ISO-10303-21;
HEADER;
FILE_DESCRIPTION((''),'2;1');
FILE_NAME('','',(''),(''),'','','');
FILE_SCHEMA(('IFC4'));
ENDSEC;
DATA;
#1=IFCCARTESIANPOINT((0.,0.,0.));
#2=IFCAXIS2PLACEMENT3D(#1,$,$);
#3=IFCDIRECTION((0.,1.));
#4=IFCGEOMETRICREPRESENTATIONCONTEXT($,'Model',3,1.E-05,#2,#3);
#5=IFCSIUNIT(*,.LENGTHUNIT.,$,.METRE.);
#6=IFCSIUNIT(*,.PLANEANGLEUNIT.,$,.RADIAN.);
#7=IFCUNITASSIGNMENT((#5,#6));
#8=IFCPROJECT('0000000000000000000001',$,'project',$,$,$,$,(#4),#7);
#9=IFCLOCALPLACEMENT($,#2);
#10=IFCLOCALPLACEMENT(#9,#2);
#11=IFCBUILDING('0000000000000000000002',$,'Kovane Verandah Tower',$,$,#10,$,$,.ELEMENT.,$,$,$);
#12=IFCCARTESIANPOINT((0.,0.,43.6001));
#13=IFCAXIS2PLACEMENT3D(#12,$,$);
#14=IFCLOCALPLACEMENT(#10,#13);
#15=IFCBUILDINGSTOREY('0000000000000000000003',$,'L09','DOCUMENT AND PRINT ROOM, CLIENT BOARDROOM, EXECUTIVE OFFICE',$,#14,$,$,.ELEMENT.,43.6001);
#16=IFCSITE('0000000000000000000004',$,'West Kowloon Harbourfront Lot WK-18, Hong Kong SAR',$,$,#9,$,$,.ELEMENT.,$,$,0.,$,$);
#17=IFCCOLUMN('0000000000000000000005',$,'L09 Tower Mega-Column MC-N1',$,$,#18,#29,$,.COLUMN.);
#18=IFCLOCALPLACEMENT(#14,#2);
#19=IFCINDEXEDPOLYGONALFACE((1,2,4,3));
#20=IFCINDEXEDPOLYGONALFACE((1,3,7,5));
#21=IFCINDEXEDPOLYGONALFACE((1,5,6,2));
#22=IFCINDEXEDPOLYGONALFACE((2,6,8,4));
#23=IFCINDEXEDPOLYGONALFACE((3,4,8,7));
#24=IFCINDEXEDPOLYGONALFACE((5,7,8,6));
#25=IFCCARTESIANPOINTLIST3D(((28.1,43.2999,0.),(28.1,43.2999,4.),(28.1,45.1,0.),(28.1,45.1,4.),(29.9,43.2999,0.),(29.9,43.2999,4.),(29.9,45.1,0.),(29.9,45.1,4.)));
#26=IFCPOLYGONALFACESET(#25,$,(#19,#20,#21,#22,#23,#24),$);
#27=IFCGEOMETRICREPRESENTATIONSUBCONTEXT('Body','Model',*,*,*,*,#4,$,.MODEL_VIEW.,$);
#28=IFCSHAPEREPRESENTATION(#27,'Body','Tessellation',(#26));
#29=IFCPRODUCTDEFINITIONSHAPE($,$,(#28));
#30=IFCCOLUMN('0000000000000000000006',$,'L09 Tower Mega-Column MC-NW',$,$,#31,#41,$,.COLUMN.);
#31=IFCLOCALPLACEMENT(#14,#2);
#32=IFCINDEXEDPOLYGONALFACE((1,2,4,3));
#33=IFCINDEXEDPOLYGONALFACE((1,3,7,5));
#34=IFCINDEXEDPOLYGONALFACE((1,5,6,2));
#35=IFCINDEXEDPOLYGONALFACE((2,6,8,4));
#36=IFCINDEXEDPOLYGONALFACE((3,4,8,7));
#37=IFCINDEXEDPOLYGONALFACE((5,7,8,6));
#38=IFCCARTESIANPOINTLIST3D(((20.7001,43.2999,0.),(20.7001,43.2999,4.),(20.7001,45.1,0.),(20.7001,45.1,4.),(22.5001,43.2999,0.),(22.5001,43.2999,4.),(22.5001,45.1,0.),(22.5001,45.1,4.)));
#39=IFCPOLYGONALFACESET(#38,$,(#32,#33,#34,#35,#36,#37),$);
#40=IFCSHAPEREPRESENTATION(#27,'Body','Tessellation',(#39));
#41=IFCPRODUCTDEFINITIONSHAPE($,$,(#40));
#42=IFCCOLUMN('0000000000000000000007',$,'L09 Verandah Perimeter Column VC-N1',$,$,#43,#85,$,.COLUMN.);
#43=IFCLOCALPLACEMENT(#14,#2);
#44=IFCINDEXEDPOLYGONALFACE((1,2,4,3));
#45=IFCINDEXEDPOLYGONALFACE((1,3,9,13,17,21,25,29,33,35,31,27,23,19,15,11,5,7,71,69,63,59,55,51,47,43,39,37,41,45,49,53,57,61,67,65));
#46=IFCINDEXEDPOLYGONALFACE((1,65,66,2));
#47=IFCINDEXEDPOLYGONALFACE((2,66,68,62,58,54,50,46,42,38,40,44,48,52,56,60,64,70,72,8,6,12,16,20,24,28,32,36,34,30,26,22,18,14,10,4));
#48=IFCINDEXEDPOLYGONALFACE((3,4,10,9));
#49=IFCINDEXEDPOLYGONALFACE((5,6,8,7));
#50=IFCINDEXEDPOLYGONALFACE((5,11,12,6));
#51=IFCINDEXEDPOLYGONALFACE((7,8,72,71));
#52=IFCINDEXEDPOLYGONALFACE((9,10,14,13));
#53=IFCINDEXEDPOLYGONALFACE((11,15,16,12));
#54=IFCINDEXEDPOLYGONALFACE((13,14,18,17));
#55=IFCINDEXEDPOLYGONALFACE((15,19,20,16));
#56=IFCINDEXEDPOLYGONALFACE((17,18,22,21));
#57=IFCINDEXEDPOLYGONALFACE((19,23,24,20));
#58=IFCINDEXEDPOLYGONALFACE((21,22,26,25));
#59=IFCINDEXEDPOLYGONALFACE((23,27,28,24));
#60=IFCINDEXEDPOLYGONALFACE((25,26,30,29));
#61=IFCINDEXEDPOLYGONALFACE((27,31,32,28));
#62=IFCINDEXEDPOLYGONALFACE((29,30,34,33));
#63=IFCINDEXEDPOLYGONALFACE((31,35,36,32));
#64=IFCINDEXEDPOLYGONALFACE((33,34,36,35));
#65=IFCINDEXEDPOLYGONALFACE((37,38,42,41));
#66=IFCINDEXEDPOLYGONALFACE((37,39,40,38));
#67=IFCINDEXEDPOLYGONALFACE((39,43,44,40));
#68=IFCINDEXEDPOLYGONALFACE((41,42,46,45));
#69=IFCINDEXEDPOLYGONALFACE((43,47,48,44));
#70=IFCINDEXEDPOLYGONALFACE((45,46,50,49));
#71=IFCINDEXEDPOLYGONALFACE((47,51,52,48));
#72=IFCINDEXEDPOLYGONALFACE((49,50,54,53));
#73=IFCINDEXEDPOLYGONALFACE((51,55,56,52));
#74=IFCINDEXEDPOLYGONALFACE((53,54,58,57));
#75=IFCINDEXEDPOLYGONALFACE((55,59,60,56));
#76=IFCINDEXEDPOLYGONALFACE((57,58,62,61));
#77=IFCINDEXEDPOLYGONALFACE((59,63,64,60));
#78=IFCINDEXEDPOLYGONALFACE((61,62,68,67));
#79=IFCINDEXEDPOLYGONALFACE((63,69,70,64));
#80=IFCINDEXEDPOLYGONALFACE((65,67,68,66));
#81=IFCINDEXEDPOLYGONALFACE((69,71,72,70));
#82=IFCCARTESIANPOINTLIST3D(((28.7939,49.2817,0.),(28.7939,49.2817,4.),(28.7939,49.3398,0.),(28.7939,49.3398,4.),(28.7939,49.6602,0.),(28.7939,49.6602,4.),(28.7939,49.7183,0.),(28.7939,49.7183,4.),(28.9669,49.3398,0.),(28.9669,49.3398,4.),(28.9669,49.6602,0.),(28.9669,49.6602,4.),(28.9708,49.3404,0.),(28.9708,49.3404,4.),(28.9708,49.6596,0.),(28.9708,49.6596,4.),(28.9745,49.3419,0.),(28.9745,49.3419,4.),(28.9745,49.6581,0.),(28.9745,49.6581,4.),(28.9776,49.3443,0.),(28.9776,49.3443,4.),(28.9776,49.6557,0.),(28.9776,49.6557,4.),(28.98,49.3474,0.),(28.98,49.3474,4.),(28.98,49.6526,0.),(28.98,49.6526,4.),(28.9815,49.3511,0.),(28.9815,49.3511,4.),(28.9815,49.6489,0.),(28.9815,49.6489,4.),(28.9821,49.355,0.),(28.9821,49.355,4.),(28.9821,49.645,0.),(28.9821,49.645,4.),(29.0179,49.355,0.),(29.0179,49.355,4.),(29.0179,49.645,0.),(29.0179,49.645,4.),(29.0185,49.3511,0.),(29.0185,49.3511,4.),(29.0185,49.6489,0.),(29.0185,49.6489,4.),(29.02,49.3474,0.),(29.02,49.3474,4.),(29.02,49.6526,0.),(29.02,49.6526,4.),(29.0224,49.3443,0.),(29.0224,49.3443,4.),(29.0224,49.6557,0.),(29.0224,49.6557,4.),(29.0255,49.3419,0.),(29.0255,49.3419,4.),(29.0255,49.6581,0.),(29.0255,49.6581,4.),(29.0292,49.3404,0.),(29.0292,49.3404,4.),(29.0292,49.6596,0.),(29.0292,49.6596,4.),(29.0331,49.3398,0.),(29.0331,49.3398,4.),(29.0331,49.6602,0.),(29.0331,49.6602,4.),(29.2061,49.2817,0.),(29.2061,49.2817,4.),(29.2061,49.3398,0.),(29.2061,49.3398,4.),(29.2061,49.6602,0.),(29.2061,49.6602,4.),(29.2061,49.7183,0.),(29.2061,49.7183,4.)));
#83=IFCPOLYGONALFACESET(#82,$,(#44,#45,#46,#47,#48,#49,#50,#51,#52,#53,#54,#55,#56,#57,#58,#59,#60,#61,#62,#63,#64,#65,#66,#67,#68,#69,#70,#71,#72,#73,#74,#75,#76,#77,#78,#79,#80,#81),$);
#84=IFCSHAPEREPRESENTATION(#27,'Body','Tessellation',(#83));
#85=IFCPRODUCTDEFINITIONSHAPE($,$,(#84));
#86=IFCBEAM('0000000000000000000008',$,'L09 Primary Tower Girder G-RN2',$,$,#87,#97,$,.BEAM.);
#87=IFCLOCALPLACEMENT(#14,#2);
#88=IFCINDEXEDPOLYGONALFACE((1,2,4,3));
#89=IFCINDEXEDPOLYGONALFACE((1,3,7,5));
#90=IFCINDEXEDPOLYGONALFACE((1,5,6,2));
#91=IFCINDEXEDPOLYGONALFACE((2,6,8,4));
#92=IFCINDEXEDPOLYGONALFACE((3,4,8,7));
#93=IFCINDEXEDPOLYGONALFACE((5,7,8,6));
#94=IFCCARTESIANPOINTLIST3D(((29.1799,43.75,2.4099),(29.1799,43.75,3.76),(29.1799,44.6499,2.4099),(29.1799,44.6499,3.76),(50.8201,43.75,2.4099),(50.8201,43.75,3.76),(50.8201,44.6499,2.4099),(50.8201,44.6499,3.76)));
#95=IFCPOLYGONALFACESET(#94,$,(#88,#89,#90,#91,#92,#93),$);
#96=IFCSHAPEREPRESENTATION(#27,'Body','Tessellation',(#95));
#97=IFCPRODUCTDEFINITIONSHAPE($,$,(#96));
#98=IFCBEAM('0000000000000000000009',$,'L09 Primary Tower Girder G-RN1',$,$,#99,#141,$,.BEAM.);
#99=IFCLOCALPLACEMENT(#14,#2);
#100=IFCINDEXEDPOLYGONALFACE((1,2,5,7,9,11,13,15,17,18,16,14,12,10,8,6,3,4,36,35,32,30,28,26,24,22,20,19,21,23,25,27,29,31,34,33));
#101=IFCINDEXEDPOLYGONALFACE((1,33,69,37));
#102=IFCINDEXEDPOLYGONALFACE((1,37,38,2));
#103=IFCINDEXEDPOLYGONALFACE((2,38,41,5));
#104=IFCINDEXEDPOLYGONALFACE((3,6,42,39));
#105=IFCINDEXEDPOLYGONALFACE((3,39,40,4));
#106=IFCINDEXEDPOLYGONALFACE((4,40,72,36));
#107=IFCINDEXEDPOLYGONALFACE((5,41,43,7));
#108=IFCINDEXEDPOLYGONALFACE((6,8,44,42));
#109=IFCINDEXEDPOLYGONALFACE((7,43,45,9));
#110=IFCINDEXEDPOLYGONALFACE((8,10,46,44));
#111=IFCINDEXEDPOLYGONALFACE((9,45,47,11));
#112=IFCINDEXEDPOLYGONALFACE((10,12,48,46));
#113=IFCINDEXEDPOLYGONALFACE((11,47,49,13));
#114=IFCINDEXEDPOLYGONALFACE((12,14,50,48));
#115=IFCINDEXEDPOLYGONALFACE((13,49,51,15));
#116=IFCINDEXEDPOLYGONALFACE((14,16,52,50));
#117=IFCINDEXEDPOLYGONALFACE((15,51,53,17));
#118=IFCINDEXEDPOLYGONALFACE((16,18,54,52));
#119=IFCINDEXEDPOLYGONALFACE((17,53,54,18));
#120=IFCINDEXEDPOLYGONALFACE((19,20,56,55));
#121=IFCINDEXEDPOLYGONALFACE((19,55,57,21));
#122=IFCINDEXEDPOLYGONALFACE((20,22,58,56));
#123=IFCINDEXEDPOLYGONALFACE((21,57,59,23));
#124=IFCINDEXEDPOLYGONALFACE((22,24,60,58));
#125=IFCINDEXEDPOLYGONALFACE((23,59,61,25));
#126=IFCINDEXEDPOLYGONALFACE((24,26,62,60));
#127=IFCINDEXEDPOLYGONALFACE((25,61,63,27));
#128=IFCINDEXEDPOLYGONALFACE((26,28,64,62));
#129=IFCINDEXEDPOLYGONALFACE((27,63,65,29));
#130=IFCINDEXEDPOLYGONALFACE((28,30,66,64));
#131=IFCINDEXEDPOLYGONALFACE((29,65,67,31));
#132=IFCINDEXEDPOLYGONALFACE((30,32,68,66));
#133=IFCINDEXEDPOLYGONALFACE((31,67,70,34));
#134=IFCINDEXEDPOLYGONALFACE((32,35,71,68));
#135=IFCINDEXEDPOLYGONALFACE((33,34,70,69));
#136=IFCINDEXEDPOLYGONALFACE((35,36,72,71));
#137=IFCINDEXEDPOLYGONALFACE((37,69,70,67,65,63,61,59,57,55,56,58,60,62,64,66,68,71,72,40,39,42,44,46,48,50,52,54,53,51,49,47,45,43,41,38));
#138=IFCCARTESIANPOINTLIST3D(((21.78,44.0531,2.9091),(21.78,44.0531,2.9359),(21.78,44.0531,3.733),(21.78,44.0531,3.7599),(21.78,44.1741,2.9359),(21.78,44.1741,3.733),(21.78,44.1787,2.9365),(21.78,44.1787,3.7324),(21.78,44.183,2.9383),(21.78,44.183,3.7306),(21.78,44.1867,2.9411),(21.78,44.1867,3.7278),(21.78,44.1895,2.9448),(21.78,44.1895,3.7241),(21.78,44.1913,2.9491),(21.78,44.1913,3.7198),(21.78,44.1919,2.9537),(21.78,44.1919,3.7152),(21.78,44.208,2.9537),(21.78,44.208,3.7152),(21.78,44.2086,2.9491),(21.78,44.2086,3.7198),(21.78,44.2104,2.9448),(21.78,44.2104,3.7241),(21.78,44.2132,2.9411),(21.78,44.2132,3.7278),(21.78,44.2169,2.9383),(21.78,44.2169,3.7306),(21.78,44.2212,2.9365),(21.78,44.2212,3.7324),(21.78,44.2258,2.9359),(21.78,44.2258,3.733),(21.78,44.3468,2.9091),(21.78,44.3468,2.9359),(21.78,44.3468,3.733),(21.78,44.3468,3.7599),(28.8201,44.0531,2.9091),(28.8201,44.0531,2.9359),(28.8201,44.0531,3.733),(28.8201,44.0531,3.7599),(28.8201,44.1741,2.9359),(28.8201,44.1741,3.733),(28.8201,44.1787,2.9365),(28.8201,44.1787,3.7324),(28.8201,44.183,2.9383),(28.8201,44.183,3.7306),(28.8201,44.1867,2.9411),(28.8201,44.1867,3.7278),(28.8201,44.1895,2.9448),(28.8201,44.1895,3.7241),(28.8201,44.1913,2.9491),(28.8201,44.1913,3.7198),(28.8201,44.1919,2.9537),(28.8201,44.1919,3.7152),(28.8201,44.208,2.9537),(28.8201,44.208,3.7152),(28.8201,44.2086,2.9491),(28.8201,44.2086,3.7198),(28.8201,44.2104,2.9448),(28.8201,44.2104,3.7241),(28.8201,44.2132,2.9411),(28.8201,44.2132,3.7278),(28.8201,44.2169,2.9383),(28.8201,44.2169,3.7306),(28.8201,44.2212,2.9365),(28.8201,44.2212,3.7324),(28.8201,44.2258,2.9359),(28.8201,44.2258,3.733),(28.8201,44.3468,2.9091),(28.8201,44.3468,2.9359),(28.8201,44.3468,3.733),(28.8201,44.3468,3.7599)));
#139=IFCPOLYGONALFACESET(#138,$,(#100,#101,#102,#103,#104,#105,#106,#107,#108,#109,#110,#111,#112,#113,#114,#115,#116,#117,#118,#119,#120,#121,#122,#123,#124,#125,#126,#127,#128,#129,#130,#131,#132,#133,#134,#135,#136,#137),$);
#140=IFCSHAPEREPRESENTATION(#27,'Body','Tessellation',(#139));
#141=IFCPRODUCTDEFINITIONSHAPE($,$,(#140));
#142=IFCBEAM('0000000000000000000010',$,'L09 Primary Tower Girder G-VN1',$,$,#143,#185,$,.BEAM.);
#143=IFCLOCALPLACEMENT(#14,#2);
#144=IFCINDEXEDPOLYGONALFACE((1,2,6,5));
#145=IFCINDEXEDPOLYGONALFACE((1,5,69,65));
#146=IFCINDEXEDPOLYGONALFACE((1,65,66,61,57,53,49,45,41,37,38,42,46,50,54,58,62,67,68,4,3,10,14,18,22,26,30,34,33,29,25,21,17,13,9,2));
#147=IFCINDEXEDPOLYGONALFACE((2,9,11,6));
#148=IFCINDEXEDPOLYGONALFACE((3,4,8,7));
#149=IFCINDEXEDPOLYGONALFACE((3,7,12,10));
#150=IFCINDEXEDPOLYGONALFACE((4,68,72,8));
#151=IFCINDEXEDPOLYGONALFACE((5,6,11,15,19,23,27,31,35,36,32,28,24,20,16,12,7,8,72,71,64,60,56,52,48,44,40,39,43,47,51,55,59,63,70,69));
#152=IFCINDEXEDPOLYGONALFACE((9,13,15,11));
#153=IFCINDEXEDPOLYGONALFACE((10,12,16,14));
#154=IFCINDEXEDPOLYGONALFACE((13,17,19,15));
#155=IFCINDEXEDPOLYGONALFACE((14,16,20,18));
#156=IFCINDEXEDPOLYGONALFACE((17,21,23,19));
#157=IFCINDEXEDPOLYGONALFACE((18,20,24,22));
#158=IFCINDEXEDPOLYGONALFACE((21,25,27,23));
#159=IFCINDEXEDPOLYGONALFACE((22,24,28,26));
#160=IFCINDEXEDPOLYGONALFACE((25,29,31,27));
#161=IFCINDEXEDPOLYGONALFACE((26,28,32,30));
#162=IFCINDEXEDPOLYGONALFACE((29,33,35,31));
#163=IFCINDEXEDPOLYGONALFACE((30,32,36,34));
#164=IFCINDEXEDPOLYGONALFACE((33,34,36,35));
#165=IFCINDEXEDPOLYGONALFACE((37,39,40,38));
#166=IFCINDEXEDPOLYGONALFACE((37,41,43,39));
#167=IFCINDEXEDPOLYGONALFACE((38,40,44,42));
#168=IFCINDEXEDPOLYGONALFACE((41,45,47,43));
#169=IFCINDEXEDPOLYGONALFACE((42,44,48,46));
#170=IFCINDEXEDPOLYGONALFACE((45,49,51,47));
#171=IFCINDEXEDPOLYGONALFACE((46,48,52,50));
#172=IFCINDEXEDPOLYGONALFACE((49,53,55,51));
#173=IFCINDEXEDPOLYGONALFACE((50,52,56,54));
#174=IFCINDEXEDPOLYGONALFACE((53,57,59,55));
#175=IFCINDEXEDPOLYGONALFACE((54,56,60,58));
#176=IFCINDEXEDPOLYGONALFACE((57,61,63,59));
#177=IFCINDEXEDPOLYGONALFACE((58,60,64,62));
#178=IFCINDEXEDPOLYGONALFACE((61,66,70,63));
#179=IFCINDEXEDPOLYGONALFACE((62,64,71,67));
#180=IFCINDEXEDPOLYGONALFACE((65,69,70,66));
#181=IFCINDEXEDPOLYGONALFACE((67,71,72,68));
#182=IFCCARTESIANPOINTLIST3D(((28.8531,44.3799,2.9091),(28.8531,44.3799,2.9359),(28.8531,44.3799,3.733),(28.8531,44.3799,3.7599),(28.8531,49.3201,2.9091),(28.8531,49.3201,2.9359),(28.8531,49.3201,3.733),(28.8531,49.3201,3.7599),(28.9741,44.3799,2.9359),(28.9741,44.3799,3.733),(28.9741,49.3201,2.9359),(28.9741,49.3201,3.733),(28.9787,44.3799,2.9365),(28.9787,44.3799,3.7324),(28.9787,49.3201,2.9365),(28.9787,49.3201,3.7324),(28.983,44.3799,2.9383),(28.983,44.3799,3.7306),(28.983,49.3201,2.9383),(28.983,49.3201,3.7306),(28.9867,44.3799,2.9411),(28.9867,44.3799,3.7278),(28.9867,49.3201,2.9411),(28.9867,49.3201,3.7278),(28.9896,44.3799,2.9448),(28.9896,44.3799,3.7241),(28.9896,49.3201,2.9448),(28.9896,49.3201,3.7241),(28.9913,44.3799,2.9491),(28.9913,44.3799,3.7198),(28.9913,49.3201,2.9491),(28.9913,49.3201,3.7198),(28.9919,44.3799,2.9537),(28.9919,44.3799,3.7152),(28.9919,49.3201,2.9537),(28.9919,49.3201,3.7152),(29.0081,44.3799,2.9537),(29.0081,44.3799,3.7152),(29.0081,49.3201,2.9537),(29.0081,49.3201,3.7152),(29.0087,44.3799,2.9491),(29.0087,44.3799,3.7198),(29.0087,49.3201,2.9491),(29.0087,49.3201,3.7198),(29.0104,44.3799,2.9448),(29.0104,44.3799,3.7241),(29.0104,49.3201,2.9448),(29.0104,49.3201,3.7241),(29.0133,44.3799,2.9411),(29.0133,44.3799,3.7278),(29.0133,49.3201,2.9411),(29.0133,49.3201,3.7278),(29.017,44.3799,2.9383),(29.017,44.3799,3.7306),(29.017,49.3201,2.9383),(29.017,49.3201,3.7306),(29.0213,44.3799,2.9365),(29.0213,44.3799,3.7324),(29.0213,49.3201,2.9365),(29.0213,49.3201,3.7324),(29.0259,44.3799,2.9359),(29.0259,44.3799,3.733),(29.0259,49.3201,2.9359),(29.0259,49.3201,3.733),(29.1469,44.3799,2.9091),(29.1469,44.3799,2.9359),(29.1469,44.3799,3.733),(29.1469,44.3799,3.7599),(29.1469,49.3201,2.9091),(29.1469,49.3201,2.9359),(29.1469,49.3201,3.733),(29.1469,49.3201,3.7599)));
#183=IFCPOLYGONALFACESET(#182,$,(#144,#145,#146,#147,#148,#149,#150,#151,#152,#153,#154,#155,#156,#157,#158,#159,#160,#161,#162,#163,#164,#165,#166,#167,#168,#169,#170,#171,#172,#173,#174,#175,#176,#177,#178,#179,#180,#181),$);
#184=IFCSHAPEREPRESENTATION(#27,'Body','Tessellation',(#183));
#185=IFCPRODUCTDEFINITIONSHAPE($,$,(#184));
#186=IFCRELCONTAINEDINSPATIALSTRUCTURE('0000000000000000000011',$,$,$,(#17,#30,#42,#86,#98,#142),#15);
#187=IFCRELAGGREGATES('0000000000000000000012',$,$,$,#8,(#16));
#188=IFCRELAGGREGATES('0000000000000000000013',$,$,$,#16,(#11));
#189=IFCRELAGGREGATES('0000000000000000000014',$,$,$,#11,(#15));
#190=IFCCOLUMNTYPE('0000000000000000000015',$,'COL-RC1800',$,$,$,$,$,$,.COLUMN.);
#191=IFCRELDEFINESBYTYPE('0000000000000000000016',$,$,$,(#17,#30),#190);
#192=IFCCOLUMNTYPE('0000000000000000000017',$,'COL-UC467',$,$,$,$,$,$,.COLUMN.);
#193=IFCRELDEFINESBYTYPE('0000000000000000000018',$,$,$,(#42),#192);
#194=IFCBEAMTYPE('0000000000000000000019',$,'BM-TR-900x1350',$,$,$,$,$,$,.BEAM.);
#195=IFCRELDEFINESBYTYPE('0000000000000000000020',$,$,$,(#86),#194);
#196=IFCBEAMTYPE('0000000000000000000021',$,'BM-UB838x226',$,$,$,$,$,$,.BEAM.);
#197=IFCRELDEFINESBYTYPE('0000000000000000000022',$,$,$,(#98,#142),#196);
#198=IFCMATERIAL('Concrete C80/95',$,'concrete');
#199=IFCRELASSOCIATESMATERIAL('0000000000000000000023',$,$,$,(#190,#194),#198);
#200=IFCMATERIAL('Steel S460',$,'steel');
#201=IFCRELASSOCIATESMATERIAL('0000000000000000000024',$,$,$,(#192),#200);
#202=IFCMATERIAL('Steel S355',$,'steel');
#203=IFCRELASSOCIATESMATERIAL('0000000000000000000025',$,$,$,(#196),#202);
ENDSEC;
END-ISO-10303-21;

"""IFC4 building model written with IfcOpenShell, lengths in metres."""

from ifc_helpers import new_model, si_unit, direction, frame, origin, origin_2d, place, context, subcontext, project, spatial, rectangle, i_section, extrude, material, material_profile, profile_set, type_object, element, save


model = new_model("IFC4")

# Units and contexts
model_context = context("Model", 3, precision=1e-05, world=origin(), true_north=direction((0.0, 1.0)))
body_context = subcontext(model_context, "Body", "Model", "MODEL_VIEW")
ifc_project = project(units=[si_unit("LENGTHUNIT", "METRE"), si_unit("PLANEANGLEUNIT", "RADIAN")], contexts=[model_context])

# Site, building, storey
site_placement = place(None, origin())
site = spatial("IfcSite", under=ifc_project, at=site_placement, Name="West Kowloon Harbourfront Lot WK-18, Hong Kong SAR", CompositionType="ELEMENT", RefElevation=0.0)
building_placement = place(site_placement, origin())
building = spatial("IfcBuilding", under=site, at=building_placement, Name="Kovane Verandah Tower", CompositionType="ELEMENT")
storey_placement = place(building_placement, frame((0.0, 0.0, 43.6001)))
storey = spatial("IfcBuildingStorey", under=building, at=storey_placement, Name="L09", Description="DOCUMENT AND PRINT ROOM, CLIENT BOARDROOM, EXECUTIVE OFFICE", CompositionType="ELEMENT", Elevation=43.6001)

# Columns
ifc_material_1 = material(Name="Concrete C80/95", Category="concrete")
ifc_material_profile_1 = material_profile(ifc_material_1, rectangle(XDim=1.8, YDim=1.8, at=origin_2d()), Name="RC1800x1800")
ifc_profile_set_1 = profile_set([ifc_material_profile_1], Name="Concrete C80/95")
column_type_1 = type_object("IfcColumnType", Name="COL-RC1800", PredefinedType="COLUMN", material=ifc_profile_set_1)
for number, where, z_axis, x_axis, name in (
    (1, (29.0, 44.2, 0.0), (0.0, 0.0, 1.0), (1.0, 0.0, 0.0), "L09 Tower Mega-Column MC-N1"),
    (2, (21.6001, 44.2, 0.0), (0.0, 0.0, 1.0), (1.0, 0.0, 0.0), "L09 Tower Mega-Column MC-NW"),
):
    element("IfcColumn", number, at=place(storey_placement, frame(where, z_axis=z_axis, x_axis=x_axis)), inside=storey, type_object=column_type_1, Name=name, PredefinedType="COLUMN", context=body_context, shape_type="SweptSolid", body=[
        extrude(rectangle(XDim=1.8, YDim=1.8, at=origin_2d()), origin(), (0.0, 0.0, 1.0), 4.0),
    ])
ifc_material_2 = material(Name="Steel S460", Category="steel")
ifc_material_profile_2 = material_profile(ifc_material_2, i_section(OverallWidth=0.4121, OverallDepth=0.4365, WebThickness=0.0359, FlangeThickness=0.0581, FilletRadius=0.0151, at=origin_2d()), Name="UC356x406x467")
ifc_profile_set_2 = profile_set([ifc_material_profile_2], Name="Steel S460")
column_type_2 = type_object("IfcColumnType", Name="COL-UC467", PredefinedType="COLUMN", material=ifc_profile_set_2)
column_placement = place(storey_placement, frame((29.0, 49.5, 0.0), z_axis=(0.0, 0.0, 1.0), x_axis=(1.0, 0.0, 0.0)))
element("IfcColumn", 3, at=column_placement, inside=storey, type_object=column_type_2, Name="L09 Verandah Perimeter Column VC-N1", PredefinedType="COLUMN", context=body_context, shape_type="SweptSolid", body=[
    extrude(i_section(OverallWidth=0.4121, OverallDepth=0.4365, WebThickness=0.0359, FlangeThickness=0.0581, FilletRadius=0.0151, at=origin_2d()), origin(), (0.0, 0.0, 1.0), 4.0),
])

# Beams
ifc_material_profile_3 = material_profile(ifc_material_1, rectangle(XDim=0.8999, YDim=1.3501, at=origin_2d()), Name="RCB900x1350")
ifc_profile_set_3 = profile_set([ifc_material_profile_3], Name="Concrete C80/95")
beam_type_1 = type_object("IfcBeamType", Name="BM-TR-900x1350", PredefinedType="BEAM", material=ifc_profile_set_3)
beam_1_placement = place(storey_placement, frame((29.1799, 44.2, 3.085), z_axis=(1.0, 0.0, 0.0), x_axis=(0.0, 1.0, 0.0)))
element("IfcBeam", 4, at=beam_1_placement, inside=storey, type_object=beam_type_1, Name="L09 Primary Tower Girder G-RN2", PredefinedType="BEAM", context=body_context, shape_type="SweptSolid", body=[
    extrude(rectangle(XDim=0.8999, YDim=1.3501, at=origin_2d()), origin(), (0.0, 0.0, 1.0), 21.6401),
])
ifc_material_3 = material(Name="Steel S355", Category="steel")
ifc_material_profile_4 = material_profile(ifc_material_3, i_section(OverallWidth=0.2937, OverallDepth=0.8508, WebThickness=0.0161, FlangeThickness=0.0269, FilletRadius=0.0178, at=origin_2d()), Name="UB838x292x226")
ifc_profile_set_4 = profile_set([ifc_material_profile_4], Name="Steel S355")
beam_type_2 = type_object("IfcBeamType", Name="BM-UB838x226", PredefinedType="BEAM", material=ifc_profile_set_4)
beam_2_placement = place(storey_placement, frame((21.78, 44.2, 3.3345), z_axis=(1.0, 0.0, 0.0), x_axis=(0.0, 1.0, 0.0)))
element("IfcBeam", 5, at=beam_2_placement, inside=storey, type_object=beam_type_2, Name="L09 Primary Tower Girder G-RN1", PredefinedType="BEAM", context=body_context, shape_type="SweptSolid", body=[
    extrude(i_section(OverallWidth=0.2937, OverallDepth=0.8508, WebThickness=0.0161, FlangeThickness=0.0269, FilletRadius=0.0178, at=origin_2d()), origin(), (0.0, 0.0, 1.0), 7.04),
])
beam_3_placement = place(storey_placement, frame((29.0, 44.3799, 3.3345), z_axis=(0.0, 1.0, 0.0), x_axis=(-1.0, 0.0, 0.0)))
element("IfcBeam", 6, at=beam_3_placement, inside=storey, type_object=beam_type_2, Name="L09 Primary Tower Girder G-VN1", PredefinedType="BEAM", context=body_context, shape_type="SweptSolid", body=[
    extrude(i_section(OverallWidth=0.2937, OverallDepth=0.8508, WebThickness=0.0161, FlangeThickness=0.0269, FilletRadius=0.0178, at=origin_2d()), origin(), (0.0, 0.0, 1.0), 4.9402),
])

save(model, "model.ifc")
